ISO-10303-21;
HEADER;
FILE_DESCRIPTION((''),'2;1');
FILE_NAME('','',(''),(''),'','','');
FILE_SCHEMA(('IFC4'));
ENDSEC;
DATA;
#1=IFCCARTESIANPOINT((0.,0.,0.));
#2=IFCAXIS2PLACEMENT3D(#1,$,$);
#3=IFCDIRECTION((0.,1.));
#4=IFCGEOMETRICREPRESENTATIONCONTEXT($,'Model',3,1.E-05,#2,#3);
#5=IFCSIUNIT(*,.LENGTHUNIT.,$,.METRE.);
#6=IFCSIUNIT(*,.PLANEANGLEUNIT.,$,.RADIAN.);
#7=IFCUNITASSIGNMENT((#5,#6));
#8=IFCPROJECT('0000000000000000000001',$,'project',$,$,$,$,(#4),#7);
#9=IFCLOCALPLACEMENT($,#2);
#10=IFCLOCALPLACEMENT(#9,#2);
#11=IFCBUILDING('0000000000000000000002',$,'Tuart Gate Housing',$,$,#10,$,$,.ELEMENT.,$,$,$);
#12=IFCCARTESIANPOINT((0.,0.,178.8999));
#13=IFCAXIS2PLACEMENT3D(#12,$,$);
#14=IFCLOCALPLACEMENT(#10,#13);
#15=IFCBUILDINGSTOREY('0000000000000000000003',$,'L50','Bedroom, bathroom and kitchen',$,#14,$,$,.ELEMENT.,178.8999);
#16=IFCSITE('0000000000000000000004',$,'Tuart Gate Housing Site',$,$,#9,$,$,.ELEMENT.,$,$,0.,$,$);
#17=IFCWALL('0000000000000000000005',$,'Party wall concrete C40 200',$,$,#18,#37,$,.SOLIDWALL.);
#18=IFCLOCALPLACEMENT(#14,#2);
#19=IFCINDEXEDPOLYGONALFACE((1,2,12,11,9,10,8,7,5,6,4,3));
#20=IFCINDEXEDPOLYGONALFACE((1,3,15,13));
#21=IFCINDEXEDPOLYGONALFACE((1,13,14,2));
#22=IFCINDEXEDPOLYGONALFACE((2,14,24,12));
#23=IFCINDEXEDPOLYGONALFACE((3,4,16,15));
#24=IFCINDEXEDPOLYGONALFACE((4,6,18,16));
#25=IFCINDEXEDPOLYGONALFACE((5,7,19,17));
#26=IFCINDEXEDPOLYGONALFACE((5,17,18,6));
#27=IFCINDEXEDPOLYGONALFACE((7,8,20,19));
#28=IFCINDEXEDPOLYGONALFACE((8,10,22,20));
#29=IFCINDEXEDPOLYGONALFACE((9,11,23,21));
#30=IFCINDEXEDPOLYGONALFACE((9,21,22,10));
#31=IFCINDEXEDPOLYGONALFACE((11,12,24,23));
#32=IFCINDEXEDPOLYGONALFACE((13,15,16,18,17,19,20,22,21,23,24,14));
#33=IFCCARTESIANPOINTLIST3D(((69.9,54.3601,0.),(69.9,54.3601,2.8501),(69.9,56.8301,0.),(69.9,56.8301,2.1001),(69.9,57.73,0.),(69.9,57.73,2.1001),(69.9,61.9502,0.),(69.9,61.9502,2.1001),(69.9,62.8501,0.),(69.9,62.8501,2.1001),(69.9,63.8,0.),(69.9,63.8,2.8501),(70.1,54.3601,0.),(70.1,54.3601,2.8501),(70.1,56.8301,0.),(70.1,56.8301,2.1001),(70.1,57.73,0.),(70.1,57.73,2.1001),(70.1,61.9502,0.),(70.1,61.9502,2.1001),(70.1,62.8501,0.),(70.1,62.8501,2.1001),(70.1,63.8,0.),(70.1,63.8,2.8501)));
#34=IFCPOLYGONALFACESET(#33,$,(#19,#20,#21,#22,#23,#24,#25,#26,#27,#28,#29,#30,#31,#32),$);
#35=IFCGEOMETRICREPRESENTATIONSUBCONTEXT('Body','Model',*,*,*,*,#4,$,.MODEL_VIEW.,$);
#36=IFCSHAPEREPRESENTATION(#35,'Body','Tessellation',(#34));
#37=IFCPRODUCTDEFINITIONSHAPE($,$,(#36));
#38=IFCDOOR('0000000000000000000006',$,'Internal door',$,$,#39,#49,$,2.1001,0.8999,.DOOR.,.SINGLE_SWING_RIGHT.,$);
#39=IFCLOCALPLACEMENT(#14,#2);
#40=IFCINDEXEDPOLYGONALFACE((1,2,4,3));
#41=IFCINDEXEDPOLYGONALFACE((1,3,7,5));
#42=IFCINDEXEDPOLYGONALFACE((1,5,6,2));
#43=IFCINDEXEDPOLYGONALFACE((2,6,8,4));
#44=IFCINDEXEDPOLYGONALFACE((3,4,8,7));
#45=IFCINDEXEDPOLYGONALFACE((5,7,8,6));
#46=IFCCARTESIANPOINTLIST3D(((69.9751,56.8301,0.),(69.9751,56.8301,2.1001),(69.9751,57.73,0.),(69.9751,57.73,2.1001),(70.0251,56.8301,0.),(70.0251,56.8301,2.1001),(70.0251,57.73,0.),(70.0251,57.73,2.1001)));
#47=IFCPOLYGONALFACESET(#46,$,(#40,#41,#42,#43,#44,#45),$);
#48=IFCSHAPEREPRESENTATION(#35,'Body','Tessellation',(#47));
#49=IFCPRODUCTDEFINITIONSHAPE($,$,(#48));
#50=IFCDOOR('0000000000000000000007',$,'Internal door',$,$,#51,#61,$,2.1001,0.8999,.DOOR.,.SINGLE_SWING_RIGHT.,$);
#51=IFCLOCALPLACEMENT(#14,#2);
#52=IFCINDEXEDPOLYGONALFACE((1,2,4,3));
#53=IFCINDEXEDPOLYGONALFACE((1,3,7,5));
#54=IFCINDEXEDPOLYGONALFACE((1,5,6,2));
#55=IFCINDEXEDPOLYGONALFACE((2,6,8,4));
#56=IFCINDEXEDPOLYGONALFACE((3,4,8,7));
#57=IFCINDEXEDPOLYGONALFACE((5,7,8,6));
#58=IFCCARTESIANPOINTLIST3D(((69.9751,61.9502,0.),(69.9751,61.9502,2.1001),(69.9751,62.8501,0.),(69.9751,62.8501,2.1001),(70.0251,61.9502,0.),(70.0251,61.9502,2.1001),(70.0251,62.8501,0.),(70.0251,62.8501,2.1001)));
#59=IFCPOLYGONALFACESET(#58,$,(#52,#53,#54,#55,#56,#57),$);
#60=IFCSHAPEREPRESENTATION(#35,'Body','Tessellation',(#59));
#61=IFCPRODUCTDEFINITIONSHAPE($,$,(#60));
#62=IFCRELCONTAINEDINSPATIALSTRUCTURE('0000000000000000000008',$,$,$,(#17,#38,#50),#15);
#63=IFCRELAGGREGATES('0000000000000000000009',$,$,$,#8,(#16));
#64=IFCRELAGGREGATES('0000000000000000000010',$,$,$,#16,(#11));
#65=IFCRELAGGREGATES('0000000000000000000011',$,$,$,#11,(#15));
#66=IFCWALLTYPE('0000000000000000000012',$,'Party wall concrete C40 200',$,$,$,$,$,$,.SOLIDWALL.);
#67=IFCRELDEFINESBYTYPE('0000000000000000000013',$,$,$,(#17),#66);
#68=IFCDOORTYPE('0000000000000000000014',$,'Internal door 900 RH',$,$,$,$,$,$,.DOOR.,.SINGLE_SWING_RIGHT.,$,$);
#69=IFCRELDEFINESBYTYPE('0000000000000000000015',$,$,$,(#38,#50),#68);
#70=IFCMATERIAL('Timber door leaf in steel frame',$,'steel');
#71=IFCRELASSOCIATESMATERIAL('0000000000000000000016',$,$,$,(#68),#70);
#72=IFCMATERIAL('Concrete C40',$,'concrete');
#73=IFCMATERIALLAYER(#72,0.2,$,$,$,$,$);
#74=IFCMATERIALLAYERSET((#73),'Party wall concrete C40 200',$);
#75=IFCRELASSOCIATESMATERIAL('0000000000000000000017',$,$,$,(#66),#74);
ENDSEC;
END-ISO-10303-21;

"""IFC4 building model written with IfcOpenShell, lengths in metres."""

from ifc_helpers import new_model, si_unit, direction, frame, frame_2d, origin, place, context, subcontext, project, spatial, rectangle, extrude, material, layer, layer_set, type_object, element, fill, save


model = new_model("IFC4")

# Units and contexts
model_context = context("Model", 3, precision=1e-05, world=origin(), true_north=direction((0.0, 1.0)))
body_context = subcontext(model_context, "Body", "Model", "MODEL_VIEW")
ifc_project = project(units=[si_unit("LENGTHUNIT", "METRE"), si_unit("PLANEANGLEUNIT", "RADIAN")], contexts=[model_context])

# Site, building, storey
site_placement = place(None, origin())
site = spatial("IfcSite", under=ifc_project, at=site_placement, Name="Tuart Gate Housing Site", CompositionType="ELEMENT", RefElevation=0.0)
building_placement = place(site_placement, origin())
building = spatial("IfcBuilding", under=site, at=building_placement, Name="Tuart Gate Housing", CompositionType="ELEMENT")
storey_placement = place(building_placement, frame((0.0, 0.0, 178.8999)))
storey = spatial("IfcBuildingStorey", under=building, at=storey_placement, Name="L50", Description="Bedroom, bathroom and kitchen", CompositionType="ELEMENT", Elevation=178.8999)

# Shared definitions
ifc_material_1 = material(Name="Timber door leaf in steel frame", Category="steel")
door_type_1 = type_object("IfcDoorType", Name="Internal door 900 RH", OperationType="SINGLE_SWING_RIGHT", PredefinedType="DOOR", material=ifc_material_1)

# Shared definitions
ifc_material_2 = material(Name="Concrete C40", Category="concrete")
ifc_layer_1 = layer(ifc_material_2, 0.2)
ifc_layer_set_1 = layer_set([ifc_layer_1], Name="Party wall concrete C40 200")
wall_type_1 = type_object("IfcWallType", Name="Party wall concrete C40 200", PredefinedType="SOLIDWALL", material=ifc_layer_set_1)

# Wall, openings, doors
wall_1_placement = place(storey_placement, frame((70.0, 54.3601, 0.0), z_axis=(0.0, 0.0, 1.0), x_axis=(0.0, 1.0, 0.0)))
wall_1 = element("IfcWall", 1, at=wall_1_placement, inside=storey, type_object=wall_type_1, Name="Party wall concrete C40 200", PredefinedType="SOLIDWALL", context=body_context, shape_type="SweptSolid", body=[
    extrude(rectangle(XDim=9.4399, YDim=0.2, at=frame_2d((4.72, 0.0))), origin(), (0.0, 0.0, 1.0), 2.8501),
])
opening_1_placement = place(wall_1_placement, frame((2.47, 0.0, 0.0)))
opening_1 = element("IfcOpeningElement", 2, at=opening_1_placement, cuts=wall_1, PredefinedType="OPENING", context=body_context, shape_type="SweptSolid", body=[
    extrude(rectangle(XDim=0.8999, YDim=2.1001, at=frame_2d((0.45, 1.05))), frame((0.0, 0.1099, 0.0), z_axis=(0.0, -1.0, 0.0), x_axis=(1.0, 0.0, 0.0)), (0.0, 0.0, 1.0), 0.22),
])
opening_2_placement = place(wall_1_placement, frame((7.5901, 0.0, 0.0)))
opening_2 = element("IfcOpeningElement", 3, at=opening_2_placement, cuts=wall_1, PredefinedType="OPENING", context=body_context, shape_type="SweptSolid", body=[
    extrude(rectangle(XDim=0.8999, YDim=2.1001, at=frame_2d((0.45, 1.05))), frame((0.0, 0.1099, 0.0), z_axis=(0.0, -1.0, 0.0), x_axis=(1.0, 0.0, 0.0)), (0.0, 0.0, 1.0), 0.22),
])
door_1_placement = place(opening_1_placement, frame((0.8999, 0.0, 0.0), z_axis=(0.0, 0.0, 1.0), x_axis=(-1.0, 0.0, 0.0)))
door_1 = element("IfcDoor", 4, at=door_1_placement, inside=storey, type_object=door_type_1, Name="Internal door", OperationType="SINGLE_SWING_RIGHT", OverallHeight=2.1001, OverallWidth=0.8999, PredefinedType="DOOR", context=body_context, shape_type="SweptSolid", body=[
    extrude(rectangle(XDim=0.8999, YDim=2.1001, at=frame_2d((0.45, 1.05))), frame((0.0, 0.0251, 0.0), z_axis=(0.0, -1.0, 0.0), x_axis=(1.0, 0.0, 0.0)), (0.0, 0.0, 1.0), 0.05),
])
fill(opening_1, door_1)
door_2_placement = place(opening_2_placement, frame((0.8999, 0.0, 0.0), z_axis=(0.0, 0.0, 1.0), x_axis=(-1.0, 0.0, 0.0)))
door_2 = element("IfcDoor", 5, at=door_2_placement, inside=storey, type_object=door_type_1, Name="Internal door", OperationType="SINGLE_SWING_RIGHT", OverallHeight=2.1001, OverallWidth=0.8999, PredefinedType="DOOR", context=body_context, shape_type="SweptSolid", body=[
    extrude(rectangle(XDim=0.8999, YDim=2.1001, at=frame_2d((0.45, 1.05))), frame((0.0, 0.0251, 0.0), z_axis=(0.0, -1.0, 0.0), x_axis=(1.0, 0.0, 0.0)), (0.0, 0.0, 1.0), 0.05),
])
fill(opening_2, door_2)

save(model, "model.ifc")
